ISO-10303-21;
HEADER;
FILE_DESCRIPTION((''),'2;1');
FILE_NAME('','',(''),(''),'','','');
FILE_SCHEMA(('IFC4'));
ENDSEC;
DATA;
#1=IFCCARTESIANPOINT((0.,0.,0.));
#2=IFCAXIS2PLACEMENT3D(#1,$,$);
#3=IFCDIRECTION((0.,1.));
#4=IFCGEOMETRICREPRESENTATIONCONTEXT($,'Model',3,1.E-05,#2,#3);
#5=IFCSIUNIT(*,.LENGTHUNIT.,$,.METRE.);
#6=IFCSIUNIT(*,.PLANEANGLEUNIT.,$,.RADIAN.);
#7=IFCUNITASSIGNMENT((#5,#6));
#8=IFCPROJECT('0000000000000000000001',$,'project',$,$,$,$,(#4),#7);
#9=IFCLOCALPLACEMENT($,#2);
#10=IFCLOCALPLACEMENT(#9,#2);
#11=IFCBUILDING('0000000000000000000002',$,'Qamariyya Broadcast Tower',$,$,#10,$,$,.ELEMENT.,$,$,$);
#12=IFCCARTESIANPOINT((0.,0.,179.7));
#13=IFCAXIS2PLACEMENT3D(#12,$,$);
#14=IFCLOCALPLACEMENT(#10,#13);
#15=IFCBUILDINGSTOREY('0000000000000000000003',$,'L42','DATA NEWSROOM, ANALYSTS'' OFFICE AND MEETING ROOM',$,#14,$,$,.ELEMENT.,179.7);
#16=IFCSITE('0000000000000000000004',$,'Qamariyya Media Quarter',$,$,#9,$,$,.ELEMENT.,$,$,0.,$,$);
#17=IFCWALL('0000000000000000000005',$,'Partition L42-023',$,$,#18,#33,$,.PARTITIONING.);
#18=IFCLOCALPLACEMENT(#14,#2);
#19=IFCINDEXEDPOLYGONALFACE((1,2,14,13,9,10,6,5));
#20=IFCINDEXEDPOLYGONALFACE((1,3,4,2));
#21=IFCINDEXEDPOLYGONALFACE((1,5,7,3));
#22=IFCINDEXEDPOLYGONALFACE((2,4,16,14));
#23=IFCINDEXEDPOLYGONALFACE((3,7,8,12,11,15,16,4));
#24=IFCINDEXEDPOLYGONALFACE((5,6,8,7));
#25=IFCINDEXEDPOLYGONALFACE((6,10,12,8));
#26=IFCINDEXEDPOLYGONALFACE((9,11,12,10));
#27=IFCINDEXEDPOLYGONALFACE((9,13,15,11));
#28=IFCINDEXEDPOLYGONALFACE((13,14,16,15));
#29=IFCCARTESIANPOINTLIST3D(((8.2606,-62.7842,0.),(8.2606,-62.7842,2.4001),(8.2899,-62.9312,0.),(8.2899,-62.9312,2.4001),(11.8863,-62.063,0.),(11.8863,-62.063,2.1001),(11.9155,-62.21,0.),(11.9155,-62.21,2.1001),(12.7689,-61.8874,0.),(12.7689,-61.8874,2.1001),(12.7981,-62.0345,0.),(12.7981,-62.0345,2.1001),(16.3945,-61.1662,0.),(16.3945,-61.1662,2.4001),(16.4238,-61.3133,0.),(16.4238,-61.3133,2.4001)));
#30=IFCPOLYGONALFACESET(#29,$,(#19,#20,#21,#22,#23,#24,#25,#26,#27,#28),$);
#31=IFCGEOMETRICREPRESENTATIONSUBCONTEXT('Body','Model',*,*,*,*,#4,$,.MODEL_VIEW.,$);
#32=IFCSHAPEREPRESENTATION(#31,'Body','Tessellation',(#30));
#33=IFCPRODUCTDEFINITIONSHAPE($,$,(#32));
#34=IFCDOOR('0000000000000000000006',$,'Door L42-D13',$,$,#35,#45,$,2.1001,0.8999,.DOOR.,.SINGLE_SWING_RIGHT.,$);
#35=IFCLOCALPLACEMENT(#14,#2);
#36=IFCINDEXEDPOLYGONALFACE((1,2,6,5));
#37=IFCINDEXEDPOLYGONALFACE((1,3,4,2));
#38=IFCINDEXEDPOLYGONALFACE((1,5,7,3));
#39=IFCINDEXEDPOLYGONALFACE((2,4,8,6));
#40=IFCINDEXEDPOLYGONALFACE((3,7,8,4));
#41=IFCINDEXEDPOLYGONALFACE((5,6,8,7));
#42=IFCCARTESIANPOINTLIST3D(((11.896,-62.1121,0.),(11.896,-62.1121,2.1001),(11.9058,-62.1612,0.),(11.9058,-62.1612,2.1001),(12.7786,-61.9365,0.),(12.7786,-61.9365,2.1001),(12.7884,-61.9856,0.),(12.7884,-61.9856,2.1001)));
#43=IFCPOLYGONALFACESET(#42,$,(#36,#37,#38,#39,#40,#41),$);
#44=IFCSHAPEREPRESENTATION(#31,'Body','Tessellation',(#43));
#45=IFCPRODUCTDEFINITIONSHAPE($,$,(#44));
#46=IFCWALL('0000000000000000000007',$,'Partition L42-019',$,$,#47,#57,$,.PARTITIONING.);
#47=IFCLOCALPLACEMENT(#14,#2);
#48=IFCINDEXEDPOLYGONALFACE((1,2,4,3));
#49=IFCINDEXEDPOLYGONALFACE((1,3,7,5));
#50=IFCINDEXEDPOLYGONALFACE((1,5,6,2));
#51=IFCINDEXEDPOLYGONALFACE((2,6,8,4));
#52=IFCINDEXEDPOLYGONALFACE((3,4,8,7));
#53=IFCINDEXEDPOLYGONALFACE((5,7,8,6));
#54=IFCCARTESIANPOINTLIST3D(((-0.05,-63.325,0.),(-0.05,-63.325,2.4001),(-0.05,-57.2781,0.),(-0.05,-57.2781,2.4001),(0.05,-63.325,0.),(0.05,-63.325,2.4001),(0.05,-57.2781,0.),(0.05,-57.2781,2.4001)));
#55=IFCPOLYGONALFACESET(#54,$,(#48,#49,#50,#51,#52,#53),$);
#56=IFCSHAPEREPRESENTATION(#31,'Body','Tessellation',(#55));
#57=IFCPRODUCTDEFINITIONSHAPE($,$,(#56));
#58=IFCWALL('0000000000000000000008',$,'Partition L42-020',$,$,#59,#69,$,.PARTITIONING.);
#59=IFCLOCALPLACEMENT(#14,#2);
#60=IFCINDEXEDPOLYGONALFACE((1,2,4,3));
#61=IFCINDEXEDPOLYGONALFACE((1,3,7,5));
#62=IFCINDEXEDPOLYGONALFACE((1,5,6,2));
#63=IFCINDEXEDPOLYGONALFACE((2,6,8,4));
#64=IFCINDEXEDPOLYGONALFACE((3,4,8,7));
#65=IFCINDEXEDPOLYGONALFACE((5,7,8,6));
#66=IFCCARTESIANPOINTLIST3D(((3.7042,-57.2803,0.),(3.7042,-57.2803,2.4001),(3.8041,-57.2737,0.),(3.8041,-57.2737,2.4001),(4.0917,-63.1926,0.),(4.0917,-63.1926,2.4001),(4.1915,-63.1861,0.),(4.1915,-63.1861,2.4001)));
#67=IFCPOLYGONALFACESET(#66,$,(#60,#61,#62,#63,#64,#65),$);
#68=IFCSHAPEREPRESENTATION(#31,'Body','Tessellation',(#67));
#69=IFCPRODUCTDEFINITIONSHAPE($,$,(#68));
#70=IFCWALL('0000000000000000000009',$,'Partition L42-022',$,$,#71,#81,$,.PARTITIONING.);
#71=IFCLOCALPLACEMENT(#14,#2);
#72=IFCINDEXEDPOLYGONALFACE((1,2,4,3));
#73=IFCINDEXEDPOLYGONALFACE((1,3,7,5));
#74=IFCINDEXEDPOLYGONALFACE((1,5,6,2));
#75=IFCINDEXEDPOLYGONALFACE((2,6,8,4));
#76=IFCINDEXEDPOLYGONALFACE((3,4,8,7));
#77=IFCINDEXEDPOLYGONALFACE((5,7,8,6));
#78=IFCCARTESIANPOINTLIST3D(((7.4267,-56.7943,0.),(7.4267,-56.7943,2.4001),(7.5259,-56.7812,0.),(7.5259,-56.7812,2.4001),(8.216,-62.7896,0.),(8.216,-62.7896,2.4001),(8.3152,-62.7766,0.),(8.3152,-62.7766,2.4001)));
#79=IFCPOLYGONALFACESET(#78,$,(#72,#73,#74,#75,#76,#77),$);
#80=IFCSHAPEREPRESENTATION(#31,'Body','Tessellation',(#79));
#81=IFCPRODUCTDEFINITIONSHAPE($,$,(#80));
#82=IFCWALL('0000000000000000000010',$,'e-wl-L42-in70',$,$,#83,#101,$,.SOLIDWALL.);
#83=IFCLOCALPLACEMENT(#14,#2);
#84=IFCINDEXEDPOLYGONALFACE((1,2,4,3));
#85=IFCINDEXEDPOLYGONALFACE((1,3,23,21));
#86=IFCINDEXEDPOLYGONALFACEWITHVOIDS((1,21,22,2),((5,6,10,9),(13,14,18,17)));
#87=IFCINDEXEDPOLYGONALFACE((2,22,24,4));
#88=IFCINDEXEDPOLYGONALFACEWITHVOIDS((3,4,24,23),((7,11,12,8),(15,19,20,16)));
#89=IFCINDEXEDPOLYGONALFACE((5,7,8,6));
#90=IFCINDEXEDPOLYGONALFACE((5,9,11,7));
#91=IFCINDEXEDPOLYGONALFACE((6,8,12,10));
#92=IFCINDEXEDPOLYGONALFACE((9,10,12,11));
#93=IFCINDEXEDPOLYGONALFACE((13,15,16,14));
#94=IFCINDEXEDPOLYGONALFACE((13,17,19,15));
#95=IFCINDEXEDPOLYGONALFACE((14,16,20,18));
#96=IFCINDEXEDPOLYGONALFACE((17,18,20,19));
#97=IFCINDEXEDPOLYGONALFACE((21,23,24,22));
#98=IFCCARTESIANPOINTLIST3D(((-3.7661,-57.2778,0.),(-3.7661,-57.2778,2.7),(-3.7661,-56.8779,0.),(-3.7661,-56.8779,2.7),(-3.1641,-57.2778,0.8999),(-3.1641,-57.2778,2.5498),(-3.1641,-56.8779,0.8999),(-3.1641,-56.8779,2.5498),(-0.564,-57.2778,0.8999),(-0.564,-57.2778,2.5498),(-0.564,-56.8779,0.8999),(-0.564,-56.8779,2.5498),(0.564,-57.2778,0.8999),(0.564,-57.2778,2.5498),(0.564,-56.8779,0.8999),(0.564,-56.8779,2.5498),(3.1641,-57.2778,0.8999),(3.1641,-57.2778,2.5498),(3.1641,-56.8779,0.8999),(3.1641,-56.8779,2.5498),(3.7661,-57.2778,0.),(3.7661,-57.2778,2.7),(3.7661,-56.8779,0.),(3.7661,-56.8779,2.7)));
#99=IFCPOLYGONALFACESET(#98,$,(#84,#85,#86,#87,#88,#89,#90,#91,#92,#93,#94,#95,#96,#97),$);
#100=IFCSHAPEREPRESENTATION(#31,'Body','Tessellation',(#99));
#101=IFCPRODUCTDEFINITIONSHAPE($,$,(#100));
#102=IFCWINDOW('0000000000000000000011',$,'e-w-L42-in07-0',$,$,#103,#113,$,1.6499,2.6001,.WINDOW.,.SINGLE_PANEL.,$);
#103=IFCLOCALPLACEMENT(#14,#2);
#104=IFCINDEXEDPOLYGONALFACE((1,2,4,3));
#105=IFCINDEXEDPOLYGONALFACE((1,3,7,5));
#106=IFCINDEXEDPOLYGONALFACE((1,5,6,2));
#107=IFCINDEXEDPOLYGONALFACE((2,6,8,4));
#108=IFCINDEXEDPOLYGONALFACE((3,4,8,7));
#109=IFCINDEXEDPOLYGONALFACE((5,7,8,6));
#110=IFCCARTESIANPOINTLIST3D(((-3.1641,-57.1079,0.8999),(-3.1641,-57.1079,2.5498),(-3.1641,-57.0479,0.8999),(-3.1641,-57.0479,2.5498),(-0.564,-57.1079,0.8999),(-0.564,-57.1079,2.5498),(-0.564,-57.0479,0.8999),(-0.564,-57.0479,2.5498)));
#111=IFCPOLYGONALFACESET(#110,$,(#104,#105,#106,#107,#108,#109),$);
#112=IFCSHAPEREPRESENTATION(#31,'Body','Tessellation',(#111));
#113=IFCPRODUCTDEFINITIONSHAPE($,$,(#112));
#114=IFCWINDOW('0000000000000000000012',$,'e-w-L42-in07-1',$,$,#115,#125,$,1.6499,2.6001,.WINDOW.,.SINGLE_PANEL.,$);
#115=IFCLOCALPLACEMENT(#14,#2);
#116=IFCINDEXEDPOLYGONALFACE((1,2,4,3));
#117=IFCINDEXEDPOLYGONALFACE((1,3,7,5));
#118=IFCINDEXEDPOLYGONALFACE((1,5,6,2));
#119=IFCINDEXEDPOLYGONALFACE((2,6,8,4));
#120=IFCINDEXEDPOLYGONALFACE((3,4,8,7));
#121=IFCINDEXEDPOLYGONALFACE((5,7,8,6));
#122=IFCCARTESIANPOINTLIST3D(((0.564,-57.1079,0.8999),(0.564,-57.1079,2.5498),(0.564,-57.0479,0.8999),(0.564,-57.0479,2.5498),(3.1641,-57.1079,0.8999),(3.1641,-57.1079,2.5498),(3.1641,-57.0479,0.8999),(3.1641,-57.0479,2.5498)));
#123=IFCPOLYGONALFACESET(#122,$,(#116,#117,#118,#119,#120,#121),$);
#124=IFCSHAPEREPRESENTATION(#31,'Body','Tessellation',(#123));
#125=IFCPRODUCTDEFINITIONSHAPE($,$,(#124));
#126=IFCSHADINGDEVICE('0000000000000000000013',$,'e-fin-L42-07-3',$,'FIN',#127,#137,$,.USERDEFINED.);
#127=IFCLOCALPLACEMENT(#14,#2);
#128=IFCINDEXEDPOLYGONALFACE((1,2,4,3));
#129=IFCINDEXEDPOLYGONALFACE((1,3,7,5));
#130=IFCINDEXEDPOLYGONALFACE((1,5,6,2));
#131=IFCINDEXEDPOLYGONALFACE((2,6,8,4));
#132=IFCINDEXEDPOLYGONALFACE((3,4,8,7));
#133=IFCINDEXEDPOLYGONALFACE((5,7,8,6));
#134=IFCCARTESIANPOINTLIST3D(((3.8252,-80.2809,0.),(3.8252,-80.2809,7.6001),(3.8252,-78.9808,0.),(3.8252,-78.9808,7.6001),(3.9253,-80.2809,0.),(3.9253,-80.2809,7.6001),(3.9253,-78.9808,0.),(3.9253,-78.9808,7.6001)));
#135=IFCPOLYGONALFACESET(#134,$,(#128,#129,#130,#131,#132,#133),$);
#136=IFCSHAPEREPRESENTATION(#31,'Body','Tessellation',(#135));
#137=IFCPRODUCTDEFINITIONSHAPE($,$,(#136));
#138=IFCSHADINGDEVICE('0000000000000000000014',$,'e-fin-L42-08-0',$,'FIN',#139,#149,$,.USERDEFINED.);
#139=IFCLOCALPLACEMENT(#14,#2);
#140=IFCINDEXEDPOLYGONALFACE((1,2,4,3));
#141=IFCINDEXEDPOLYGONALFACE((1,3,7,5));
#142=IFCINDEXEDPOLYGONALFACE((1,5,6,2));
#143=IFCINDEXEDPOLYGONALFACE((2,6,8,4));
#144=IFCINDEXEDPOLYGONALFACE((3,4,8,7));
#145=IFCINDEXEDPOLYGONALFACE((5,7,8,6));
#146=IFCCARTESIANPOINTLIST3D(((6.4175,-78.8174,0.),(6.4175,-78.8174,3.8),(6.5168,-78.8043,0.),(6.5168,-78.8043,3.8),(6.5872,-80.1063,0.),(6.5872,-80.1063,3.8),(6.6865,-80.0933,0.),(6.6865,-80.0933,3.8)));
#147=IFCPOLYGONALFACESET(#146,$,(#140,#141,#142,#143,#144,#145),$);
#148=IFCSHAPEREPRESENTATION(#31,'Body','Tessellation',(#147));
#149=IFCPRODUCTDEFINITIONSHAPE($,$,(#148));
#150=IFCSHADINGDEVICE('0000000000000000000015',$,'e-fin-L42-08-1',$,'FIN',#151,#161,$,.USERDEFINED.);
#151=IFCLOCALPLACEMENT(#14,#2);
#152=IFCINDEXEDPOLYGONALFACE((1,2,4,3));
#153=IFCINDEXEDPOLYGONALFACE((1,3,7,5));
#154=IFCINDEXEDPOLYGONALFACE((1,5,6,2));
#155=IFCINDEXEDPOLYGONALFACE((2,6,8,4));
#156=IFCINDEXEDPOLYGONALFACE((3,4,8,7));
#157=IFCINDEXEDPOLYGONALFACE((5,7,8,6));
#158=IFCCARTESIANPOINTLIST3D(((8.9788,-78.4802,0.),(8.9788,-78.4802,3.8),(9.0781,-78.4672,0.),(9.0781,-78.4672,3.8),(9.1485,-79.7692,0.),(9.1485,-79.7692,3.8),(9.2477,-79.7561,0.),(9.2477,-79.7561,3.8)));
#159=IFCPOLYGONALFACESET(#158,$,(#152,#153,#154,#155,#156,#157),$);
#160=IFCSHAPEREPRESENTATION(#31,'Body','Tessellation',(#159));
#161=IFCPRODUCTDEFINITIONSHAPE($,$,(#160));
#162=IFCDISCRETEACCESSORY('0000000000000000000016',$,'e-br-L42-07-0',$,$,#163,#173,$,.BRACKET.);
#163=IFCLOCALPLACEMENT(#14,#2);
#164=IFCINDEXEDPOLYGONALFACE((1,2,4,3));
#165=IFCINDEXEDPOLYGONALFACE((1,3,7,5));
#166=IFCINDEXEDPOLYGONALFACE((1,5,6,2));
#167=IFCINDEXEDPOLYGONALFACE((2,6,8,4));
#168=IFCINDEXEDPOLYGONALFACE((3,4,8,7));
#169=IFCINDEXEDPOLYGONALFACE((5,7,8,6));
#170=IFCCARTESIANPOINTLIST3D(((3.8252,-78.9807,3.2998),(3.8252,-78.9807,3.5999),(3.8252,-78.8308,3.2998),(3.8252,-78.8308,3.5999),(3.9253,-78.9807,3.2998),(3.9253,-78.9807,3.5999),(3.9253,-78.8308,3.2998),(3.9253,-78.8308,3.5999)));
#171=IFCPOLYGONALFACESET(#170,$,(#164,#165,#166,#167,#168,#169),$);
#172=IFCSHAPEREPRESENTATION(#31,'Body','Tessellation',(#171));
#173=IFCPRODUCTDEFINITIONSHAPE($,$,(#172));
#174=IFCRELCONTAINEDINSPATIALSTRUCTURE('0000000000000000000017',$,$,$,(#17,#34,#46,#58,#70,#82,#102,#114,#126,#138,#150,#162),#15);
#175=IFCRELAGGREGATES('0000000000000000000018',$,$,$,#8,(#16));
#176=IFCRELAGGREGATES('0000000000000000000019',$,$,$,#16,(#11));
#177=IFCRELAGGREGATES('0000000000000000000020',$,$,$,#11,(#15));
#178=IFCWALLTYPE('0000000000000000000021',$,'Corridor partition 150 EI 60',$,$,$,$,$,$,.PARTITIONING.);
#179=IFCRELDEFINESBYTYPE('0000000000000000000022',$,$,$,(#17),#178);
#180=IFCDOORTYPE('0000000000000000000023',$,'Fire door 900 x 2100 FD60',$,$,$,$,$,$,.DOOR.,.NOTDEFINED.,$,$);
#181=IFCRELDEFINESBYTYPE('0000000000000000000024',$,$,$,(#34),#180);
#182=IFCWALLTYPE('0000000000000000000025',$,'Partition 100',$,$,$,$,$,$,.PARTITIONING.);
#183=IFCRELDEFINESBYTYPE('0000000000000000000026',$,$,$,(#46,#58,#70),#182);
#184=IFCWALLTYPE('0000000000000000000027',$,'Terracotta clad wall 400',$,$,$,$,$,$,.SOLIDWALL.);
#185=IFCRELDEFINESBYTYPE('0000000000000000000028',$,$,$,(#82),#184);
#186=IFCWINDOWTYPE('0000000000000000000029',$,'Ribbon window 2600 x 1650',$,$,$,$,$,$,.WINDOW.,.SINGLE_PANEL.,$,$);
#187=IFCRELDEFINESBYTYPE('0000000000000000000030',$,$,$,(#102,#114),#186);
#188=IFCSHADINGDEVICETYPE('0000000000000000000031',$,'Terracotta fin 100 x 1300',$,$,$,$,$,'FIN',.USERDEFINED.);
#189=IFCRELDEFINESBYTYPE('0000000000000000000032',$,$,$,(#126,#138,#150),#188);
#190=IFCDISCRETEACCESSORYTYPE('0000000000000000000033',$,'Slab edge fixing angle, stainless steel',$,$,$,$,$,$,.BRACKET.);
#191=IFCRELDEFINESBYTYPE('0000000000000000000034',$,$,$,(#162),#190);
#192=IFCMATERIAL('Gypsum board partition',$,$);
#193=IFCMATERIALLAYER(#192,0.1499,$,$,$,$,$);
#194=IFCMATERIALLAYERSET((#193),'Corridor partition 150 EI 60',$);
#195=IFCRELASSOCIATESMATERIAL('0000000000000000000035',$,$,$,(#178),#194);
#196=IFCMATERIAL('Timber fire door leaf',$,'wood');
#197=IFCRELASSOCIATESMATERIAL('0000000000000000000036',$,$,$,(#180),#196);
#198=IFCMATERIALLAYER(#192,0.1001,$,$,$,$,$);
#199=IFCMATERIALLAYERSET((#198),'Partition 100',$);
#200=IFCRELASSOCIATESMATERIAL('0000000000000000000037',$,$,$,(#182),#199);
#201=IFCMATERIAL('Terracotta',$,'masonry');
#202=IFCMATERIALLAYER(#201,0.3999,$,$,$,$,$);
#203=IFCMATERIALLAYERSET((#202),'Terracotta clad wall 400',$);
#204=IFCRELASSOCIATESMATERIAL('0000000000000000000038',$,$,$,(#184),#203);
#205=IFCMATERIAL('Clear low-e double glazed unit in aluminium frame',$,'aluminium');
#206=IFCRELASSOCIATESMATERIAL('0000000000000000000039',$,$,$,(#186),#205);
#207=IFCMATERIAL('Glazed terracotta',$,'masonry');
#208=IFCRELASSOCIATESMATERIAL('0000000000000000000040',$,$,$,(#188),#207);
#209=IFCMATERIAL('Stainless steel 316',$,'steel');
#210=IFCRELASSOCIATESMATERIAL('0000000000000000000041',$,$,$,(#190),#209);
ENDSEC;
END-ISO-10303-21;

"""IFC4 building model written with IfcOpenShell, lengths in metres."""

from ifc_helpers import new_model, si_unit, direction, frame, frame_2d, origin, origin_2d, place, context, subcontext, project, spatial, rectangle, extrude, material, layer, layer_set, material_profile, profile_set, type_object, element, fill, save


model = new_model("IFC4")

# Units and contexts
model_context = context("Model", 3, precision=1e-05, world=origin(), true_north=direction((0.0, 1.0)))
body_context = subcontext(model_context, "Body", "Model", "MODEL_VIEW")
ifc_project = project(units=[si_unit("LENGTHUNIT", "METRE"), si_unit("PLANEANGLEUNIT", "RADIAN")], contexts=[model_context])

# Site, building, storey
site_placement = place(None, origin())
site = spatial("IfcSite", under=ifc_project, at=site_placement, Name="Qamariyya Media Quarter", CompositionType="ELEMENT", RefElevation=0.0)
building_placement = place(site_placement, origin())
building = spatial("IfcBuilding", under=site, at=building_placement, Name="Qamariyya Broadcast Tower", CompositionType="ELEMENT")
storey_placement = place(building_placement, frame((0.0, 0.0, 179.7)))
storey = spatial("IfcBuildingStorey", under=building, at=storey_placement, Name="L42", Description="DATA NEWSROOM, ANALYSTS' OFFICE AND MEETING ROOM", CompositionType="ELEMENT", Elevation=179.7)

# Wall, opening, door
ifc_material_1 = material(Name="Gypsum board partition")
ifc_layer_1 = layer(ifc_material_1, 0.1499)
ifc_layer_set_1 = layer_set([ifc_layer_1], Name="Corridor partition 150 EI 60")
wall_type_1 = type_object("IfcWallType", Name="Corridor partition 150 EI 60", PredefinedType="PARTITIONING", material=ifc_layer_set_1)
ifc_material_2 = material(Name="Timber fire door leaf", Category="wood")
door_type_1 = type_object("IfcDoorType", Name="Fire door 900 x 2100 FD60", OperationType="NOTDEFINED", PredefinedType="DOOR", material=ifc_material_2)
wall_1_placement = place(storey_placement, frame((8.2754, -62.8577, 0.0), z_axis=(0.0, 0.0, 1.0), x_axis=(0.980785, 0.195091, 0.0)))
wall_1 = element("IfcWall", 1, at=wall_1_placement, inside=storey, type_object=wall_type_1, Name="Partition L42-023", PredefinedType="PARTITIONING", context=body_context, shape_type="SweptSolid", body=[
    extrude(rectangle(XDim=8.2932, YDim=0.1499, at=frame_2d((4.1465, 0.0))), origin(), (0.0, 0.0, 1.0), 2.4001),
])
opening_1_placement = place(wall_1_placement, frame((3.6965, 0.0, 0.0)))
opening_1 = element("IfcOpeningElement", 2, at=opening_1_placement, cuts=wall_1, PredefinedType="OPENING", context=body_context, shape_type="SweptSolid", body=[
    extrude(rectangle(XDim=0.8999, YDim=2.1001, at=frame_2d((0.45, 1.05))), frame((0.0, 0.085, 0.0), z_axis=(0.0, -1.0, 0.0), x_axis=(1.0, 0.0, 0.0)), (0.0, 0.0, 1.0), 0.1699),
])
door_1_placement = place(opening_1_placement, origin())
door_1 = element("IfcDoor", 3, at=door_1_placement, inside=storey, type_object=door_type_1, Name="Door L42-D13", OperationType="SINGLE_SWING_RIGHT", OverallHeight=2.1001, OverallWidth=0.8999, PredefinedType="DOOR", context=body_context, shape_type="SweptSolid", body=[
    extrude(rectangle(XDim=0.8999, YDim=2.1001, at=frame_2d((0.45, 1.05))), frame((0.0, 0.0249, 0.0), z_axis=(0.0, -1.0, 0.0), x_axis=(1.0, 0.0, 0.0)), (0.0, 0.0, 1.0), 0.05),
])
fill(opening_1, door_1)

# Walls
ifc_layer_2 = layer(ifc_material_1, 0.1001)
ifc_layer_set_2 = layer_set([ifc_layer_2], Name="Partition 100")
wall_type_2 = type_object("IfcWallType", Name="Partition 100", PredefinedType="PARTITIONING", material=ifc_layer_set_2)
wall_2_placement = place(storey_placement, frame((0.0, -57.2781, 0.0), z_axis=(0.0, 0.0, 1.0), x_axis=(0.0, -1.0, 0.0)))
element("IfcWall", 4, at=wall_2_placement, inside=storey, type_object=wall_type_2, Name="Partition L42-019", PredefinedType="PARTITIONING", context=body_context, shape_type="SweptSolid", body=[
    extrude(rectangle(XDim=6.0469, YDim=0.1001, at=frame_2d((3.0234, 0.0))), origin(), (0.0, 0.0, 1.0), 2.4001),
])
wall_3_placement = place(storey_placement, frame((3.7542, -57.2771, 0.0), z_axis=(0.0, 0.0, 1.0), x_axis=(0.065392, -0.99786, 0.0)))
element("IfcWall", 5, at=wall_3_placement, inside=storey, type_object=wall_type_2, Name="Partition L42-020", PredefinedType="PARTITIONING", context=body_context, shape_type="SweptSolid", body=[
    extrude(rectangle(XDim=5.925, YDim=0.1001, at=frame_2d((2.9624, 0.0))), origin(), (0.0, 0.0, 1.0), 2.4001),
])
wall_4_placement = place(storey_placement, frame((7.4763, -56.7878, 0.0), z_axis=(0.0, 0.0, 1.0), x_axis=(0.130527, -0.991445, 0.0)))
element("IfcWall", 6, at=wall_4_placement, inside=storey, type_object=wall_type_2, Name="Partition L42-022", PredefinedType="PARTITIONING", context=body_context, shape_type="SweptSolid", body=[
    extrude(rectangle(XDim=6.0471, YDim=0.1001, at=frame_2d((3.0234, 0.0))), origin(), (0.0, 0.0, 1.0), 2.4001),
])

# Wall, openings, windows
ifc_material_3 = material(Name="Terracotta", Category="masonry")
ifc_layer_3 = layer(ifc_material_3, 0.3999)
ifc_layer_set_3 = layer_set([ifc_layer_3], Name="Terracotta clad wall 400")
wall_type_3 = type_object("IfcWallType", Name="Terracotta clad wall 400", PredefinedType="SOLIDWALL", material=ifc_layer_set_3)
wall_5_placement = place(storey_placement, frame((3.7661, -57.0779, 0.0), z_axis=(0.0, 0.0, 1.0), x_axis=(-1.0, 0.0, 0.0)))
wall_5 = element("IfcWall", 7, at=wall_5_placement, inside=storey, type_object=wall_type_3, Name="e-wl-L42-in70", PredefinedType="SOLIDWALL", context=body_context, shape_type="SweptSolid", body=[
    extrude(rectangle(XDim=7.5322, YDim=0.3999, at=frame_2d((3.7661, 0.0))), origin(), (0.0, 0.0, 1.0), 2.7),
])
opening_2_placement = place(wall_5_placement, frame((4.3301, 0.0, 0.8999)))
opening_2 = element("IfcOpeningElement", 8, at=opening_2_placement, cuts=wall_5, PredefinedType="OPENING", context=body_context, shape_type="SweptSolid", body=[
    extrude(rectangle(XDim=2.6001, YDim=1.6499, at=frame_2d((1.3, 0.825))), frame((0.0, 0.21, 0.0), z_axis=(0.0, -1.0, 0.0), x_axis=(1.0, 0.0, 0.0)), (0.0, 0.0, 1.0), 0.4199),
])
opening_3_placement = place(wall_5_placement, frame((0.6021, 0.0, 0.8999)))
opening_3 = element("IfcOpeningElement", 9, at=opening_3_placement, cuts=wall_5, PredefinedType="OPENING", context=body_context, shape_type="SweptSolid", body=[
    extrude(rectangle(XDim=2.6001, YDim=1.6499, at=frame_2d((1.3, 0.825))), frame((0.0, 0.21, 0.0), z_axis=(0.0, -1.0, 0.0), x_axis=(1.0, 0.0, 0.0)), (0.0, 0.0, 1.0), 0.4199),
])
ifc_material_4 = material(Name="Clear low-e double glazed unit in aluminium frame", Category="aluminium")
window_type = type_object("IfcWindowType", Name="Ribbon window 2600 x 1650", PartitioningType="SINGLE_PANEL", PredefinedType="WINDOW", material=ifc_material_4)
window_1_placement = place(opening_2_placement, origin())
window_1 = element("IfcWindow", 10, at=window_1_placement, inside=storey, type_object=window_type, Name="e-w-L42-in07-0", OverallHeight=1.6499, OverallWidth=2.6001, PartitioningType="SINGLE_PANEL", PredefinedType="WINDOW", context=body_context, shape_type="SweptSolid", body=[
    extrude(rectangle(XDim=2.6001, YDim=1.6499, at=frame_2d((1.3, 0.825))), frame((0.0, 0.03, 0.0), z_axis=(0.0, -1.0, 0.0), x_axis=(1.0, 0.0, 0.0)), (0.0, 0.0, 1.0), 0.0601),
])
fill(opening_2, window_1)
window_2_placement = place(opening_3_placement, origin())
window_2 = element("IfcWindow", 11, at=window_2_placement, inside=storey, type_object=window_type, Name="e-w-L42-in07-1", OverallHeight=1.6499, OverallWidth=2.6001, PartitioningType="SINGLE_PANEL", PredefinedType="WINDOW", context=body_context, shape_type="SweptSolid", body=[
    extrude(rectangle(XDim=2.6001, YDim=1.6499, at=frame_2d((1.3, 0.825))), frame((0.0, 0.03, 0.0), z_axis=(0.0, -1.0, 0.0), x_axis=(1.0, 0.0, 0.0)), (0.0, 0.0, 1.0), 0.0601),
])
fill(opening_3, window_2)

# Shading devices
ifc_material_5 = material(Name="Glazed terracotta", Category="masonry")
ifc_material_profile_1 = material_profile(ifc_material_5, rectangle(XDim=1.3, YDim=0.1001, at=origin_2d()))
ifc_profile_set_1 = profile_set([ifc_material_profile_1], Name="Glazed terracotta")
shading_device_type = type_object("IfcShadingDeviceType", Name="Terracotta fin 100 x 1300", ElementType="FIN", PredefinedType="USERDEFINED", material=ifc_profile_set_1)
shading_device_placement = place(storey_placement, frame((3.8752, -79.6309, 0.0), z_axis=(0.0, 0.0, 1.0), x_axis=(0.0, -1.0, 0.0)))
element("IfcShadingDevice", 12, at=shading_device_placement, inside=storey, type_object=shading_device_type, Name="e-fin-L42-07-3", ObjectType="FIN", PredefinedType="USERDEFINED", context=body_context, shape_type="SweptSolid", body=[
    extrude(rectangle(XDim=1.3, YDim=0.1001, at=origin_2d()), origin(), (0.0, 0.0, 1.0), 7.6001),
])
for number, where, z_axis, x_axis, name in (
    (13, (6.552, -79.4553, 0.0), (0.0, 0.0, 1.0), (0.130526, -0.991445, 0.0), "e-fin-L42-08-0"),
    (14, (9.1133, -79.1182, 0.0), (0.0, 0.0, 1.0), (0.130526, -0.991445, 0.0), "e-fin-L42-08-1"),
):
    element("IfcShadingDevice", number, at=place(storey_placement, frame(where, z_axis=z_axis, x_axis=x_axis)), inside=storey, type_object=shading_device_type, Name=name, ObjectType="FIN", PredefinedType="USERDEFINED", context=body_context, shape_type="SweptSolid", body=[
        extrude(rectangle(XDim=1.3, YDim=0.1001, at=origin_2d()), origin(), (0.0, 0.0, 1.0), 3.8),
    ])

# Discrete accessory
ifc_material_6 = material(Name="Stainless steel 316", Category="steel")
discrete_accessory_type = type_object("IfcDiscreteAccessoryType", Name="Slab edge fixing angle, stainless steel", PredefinedType="BRACKET", material=ifc_material_6)
discrete_accessory_1_placement = place(storey_placement, frame((3.8752, -78.9058, 3.2998), z_axis=(0.0, 0.0, 1.0), x_axis=(1.0, 0.0, 0.0)))
element("IfcDiscreteAccessory", 15, at=discrete_accessory_1_placement, inside=storey, type_object=discrete_accessory_type, Name="e-br-L42-07-0", PredefinedType="BRACKET", context=body_context, shape_type="SweptSolid", body=[
    extrude(rectangle(XDim=0.1001, YDim=0.1499, at=origin_2d()), origin(), (0.0, 0.0, 1.0), 0.3),
])

save(model, "model.ifc")
